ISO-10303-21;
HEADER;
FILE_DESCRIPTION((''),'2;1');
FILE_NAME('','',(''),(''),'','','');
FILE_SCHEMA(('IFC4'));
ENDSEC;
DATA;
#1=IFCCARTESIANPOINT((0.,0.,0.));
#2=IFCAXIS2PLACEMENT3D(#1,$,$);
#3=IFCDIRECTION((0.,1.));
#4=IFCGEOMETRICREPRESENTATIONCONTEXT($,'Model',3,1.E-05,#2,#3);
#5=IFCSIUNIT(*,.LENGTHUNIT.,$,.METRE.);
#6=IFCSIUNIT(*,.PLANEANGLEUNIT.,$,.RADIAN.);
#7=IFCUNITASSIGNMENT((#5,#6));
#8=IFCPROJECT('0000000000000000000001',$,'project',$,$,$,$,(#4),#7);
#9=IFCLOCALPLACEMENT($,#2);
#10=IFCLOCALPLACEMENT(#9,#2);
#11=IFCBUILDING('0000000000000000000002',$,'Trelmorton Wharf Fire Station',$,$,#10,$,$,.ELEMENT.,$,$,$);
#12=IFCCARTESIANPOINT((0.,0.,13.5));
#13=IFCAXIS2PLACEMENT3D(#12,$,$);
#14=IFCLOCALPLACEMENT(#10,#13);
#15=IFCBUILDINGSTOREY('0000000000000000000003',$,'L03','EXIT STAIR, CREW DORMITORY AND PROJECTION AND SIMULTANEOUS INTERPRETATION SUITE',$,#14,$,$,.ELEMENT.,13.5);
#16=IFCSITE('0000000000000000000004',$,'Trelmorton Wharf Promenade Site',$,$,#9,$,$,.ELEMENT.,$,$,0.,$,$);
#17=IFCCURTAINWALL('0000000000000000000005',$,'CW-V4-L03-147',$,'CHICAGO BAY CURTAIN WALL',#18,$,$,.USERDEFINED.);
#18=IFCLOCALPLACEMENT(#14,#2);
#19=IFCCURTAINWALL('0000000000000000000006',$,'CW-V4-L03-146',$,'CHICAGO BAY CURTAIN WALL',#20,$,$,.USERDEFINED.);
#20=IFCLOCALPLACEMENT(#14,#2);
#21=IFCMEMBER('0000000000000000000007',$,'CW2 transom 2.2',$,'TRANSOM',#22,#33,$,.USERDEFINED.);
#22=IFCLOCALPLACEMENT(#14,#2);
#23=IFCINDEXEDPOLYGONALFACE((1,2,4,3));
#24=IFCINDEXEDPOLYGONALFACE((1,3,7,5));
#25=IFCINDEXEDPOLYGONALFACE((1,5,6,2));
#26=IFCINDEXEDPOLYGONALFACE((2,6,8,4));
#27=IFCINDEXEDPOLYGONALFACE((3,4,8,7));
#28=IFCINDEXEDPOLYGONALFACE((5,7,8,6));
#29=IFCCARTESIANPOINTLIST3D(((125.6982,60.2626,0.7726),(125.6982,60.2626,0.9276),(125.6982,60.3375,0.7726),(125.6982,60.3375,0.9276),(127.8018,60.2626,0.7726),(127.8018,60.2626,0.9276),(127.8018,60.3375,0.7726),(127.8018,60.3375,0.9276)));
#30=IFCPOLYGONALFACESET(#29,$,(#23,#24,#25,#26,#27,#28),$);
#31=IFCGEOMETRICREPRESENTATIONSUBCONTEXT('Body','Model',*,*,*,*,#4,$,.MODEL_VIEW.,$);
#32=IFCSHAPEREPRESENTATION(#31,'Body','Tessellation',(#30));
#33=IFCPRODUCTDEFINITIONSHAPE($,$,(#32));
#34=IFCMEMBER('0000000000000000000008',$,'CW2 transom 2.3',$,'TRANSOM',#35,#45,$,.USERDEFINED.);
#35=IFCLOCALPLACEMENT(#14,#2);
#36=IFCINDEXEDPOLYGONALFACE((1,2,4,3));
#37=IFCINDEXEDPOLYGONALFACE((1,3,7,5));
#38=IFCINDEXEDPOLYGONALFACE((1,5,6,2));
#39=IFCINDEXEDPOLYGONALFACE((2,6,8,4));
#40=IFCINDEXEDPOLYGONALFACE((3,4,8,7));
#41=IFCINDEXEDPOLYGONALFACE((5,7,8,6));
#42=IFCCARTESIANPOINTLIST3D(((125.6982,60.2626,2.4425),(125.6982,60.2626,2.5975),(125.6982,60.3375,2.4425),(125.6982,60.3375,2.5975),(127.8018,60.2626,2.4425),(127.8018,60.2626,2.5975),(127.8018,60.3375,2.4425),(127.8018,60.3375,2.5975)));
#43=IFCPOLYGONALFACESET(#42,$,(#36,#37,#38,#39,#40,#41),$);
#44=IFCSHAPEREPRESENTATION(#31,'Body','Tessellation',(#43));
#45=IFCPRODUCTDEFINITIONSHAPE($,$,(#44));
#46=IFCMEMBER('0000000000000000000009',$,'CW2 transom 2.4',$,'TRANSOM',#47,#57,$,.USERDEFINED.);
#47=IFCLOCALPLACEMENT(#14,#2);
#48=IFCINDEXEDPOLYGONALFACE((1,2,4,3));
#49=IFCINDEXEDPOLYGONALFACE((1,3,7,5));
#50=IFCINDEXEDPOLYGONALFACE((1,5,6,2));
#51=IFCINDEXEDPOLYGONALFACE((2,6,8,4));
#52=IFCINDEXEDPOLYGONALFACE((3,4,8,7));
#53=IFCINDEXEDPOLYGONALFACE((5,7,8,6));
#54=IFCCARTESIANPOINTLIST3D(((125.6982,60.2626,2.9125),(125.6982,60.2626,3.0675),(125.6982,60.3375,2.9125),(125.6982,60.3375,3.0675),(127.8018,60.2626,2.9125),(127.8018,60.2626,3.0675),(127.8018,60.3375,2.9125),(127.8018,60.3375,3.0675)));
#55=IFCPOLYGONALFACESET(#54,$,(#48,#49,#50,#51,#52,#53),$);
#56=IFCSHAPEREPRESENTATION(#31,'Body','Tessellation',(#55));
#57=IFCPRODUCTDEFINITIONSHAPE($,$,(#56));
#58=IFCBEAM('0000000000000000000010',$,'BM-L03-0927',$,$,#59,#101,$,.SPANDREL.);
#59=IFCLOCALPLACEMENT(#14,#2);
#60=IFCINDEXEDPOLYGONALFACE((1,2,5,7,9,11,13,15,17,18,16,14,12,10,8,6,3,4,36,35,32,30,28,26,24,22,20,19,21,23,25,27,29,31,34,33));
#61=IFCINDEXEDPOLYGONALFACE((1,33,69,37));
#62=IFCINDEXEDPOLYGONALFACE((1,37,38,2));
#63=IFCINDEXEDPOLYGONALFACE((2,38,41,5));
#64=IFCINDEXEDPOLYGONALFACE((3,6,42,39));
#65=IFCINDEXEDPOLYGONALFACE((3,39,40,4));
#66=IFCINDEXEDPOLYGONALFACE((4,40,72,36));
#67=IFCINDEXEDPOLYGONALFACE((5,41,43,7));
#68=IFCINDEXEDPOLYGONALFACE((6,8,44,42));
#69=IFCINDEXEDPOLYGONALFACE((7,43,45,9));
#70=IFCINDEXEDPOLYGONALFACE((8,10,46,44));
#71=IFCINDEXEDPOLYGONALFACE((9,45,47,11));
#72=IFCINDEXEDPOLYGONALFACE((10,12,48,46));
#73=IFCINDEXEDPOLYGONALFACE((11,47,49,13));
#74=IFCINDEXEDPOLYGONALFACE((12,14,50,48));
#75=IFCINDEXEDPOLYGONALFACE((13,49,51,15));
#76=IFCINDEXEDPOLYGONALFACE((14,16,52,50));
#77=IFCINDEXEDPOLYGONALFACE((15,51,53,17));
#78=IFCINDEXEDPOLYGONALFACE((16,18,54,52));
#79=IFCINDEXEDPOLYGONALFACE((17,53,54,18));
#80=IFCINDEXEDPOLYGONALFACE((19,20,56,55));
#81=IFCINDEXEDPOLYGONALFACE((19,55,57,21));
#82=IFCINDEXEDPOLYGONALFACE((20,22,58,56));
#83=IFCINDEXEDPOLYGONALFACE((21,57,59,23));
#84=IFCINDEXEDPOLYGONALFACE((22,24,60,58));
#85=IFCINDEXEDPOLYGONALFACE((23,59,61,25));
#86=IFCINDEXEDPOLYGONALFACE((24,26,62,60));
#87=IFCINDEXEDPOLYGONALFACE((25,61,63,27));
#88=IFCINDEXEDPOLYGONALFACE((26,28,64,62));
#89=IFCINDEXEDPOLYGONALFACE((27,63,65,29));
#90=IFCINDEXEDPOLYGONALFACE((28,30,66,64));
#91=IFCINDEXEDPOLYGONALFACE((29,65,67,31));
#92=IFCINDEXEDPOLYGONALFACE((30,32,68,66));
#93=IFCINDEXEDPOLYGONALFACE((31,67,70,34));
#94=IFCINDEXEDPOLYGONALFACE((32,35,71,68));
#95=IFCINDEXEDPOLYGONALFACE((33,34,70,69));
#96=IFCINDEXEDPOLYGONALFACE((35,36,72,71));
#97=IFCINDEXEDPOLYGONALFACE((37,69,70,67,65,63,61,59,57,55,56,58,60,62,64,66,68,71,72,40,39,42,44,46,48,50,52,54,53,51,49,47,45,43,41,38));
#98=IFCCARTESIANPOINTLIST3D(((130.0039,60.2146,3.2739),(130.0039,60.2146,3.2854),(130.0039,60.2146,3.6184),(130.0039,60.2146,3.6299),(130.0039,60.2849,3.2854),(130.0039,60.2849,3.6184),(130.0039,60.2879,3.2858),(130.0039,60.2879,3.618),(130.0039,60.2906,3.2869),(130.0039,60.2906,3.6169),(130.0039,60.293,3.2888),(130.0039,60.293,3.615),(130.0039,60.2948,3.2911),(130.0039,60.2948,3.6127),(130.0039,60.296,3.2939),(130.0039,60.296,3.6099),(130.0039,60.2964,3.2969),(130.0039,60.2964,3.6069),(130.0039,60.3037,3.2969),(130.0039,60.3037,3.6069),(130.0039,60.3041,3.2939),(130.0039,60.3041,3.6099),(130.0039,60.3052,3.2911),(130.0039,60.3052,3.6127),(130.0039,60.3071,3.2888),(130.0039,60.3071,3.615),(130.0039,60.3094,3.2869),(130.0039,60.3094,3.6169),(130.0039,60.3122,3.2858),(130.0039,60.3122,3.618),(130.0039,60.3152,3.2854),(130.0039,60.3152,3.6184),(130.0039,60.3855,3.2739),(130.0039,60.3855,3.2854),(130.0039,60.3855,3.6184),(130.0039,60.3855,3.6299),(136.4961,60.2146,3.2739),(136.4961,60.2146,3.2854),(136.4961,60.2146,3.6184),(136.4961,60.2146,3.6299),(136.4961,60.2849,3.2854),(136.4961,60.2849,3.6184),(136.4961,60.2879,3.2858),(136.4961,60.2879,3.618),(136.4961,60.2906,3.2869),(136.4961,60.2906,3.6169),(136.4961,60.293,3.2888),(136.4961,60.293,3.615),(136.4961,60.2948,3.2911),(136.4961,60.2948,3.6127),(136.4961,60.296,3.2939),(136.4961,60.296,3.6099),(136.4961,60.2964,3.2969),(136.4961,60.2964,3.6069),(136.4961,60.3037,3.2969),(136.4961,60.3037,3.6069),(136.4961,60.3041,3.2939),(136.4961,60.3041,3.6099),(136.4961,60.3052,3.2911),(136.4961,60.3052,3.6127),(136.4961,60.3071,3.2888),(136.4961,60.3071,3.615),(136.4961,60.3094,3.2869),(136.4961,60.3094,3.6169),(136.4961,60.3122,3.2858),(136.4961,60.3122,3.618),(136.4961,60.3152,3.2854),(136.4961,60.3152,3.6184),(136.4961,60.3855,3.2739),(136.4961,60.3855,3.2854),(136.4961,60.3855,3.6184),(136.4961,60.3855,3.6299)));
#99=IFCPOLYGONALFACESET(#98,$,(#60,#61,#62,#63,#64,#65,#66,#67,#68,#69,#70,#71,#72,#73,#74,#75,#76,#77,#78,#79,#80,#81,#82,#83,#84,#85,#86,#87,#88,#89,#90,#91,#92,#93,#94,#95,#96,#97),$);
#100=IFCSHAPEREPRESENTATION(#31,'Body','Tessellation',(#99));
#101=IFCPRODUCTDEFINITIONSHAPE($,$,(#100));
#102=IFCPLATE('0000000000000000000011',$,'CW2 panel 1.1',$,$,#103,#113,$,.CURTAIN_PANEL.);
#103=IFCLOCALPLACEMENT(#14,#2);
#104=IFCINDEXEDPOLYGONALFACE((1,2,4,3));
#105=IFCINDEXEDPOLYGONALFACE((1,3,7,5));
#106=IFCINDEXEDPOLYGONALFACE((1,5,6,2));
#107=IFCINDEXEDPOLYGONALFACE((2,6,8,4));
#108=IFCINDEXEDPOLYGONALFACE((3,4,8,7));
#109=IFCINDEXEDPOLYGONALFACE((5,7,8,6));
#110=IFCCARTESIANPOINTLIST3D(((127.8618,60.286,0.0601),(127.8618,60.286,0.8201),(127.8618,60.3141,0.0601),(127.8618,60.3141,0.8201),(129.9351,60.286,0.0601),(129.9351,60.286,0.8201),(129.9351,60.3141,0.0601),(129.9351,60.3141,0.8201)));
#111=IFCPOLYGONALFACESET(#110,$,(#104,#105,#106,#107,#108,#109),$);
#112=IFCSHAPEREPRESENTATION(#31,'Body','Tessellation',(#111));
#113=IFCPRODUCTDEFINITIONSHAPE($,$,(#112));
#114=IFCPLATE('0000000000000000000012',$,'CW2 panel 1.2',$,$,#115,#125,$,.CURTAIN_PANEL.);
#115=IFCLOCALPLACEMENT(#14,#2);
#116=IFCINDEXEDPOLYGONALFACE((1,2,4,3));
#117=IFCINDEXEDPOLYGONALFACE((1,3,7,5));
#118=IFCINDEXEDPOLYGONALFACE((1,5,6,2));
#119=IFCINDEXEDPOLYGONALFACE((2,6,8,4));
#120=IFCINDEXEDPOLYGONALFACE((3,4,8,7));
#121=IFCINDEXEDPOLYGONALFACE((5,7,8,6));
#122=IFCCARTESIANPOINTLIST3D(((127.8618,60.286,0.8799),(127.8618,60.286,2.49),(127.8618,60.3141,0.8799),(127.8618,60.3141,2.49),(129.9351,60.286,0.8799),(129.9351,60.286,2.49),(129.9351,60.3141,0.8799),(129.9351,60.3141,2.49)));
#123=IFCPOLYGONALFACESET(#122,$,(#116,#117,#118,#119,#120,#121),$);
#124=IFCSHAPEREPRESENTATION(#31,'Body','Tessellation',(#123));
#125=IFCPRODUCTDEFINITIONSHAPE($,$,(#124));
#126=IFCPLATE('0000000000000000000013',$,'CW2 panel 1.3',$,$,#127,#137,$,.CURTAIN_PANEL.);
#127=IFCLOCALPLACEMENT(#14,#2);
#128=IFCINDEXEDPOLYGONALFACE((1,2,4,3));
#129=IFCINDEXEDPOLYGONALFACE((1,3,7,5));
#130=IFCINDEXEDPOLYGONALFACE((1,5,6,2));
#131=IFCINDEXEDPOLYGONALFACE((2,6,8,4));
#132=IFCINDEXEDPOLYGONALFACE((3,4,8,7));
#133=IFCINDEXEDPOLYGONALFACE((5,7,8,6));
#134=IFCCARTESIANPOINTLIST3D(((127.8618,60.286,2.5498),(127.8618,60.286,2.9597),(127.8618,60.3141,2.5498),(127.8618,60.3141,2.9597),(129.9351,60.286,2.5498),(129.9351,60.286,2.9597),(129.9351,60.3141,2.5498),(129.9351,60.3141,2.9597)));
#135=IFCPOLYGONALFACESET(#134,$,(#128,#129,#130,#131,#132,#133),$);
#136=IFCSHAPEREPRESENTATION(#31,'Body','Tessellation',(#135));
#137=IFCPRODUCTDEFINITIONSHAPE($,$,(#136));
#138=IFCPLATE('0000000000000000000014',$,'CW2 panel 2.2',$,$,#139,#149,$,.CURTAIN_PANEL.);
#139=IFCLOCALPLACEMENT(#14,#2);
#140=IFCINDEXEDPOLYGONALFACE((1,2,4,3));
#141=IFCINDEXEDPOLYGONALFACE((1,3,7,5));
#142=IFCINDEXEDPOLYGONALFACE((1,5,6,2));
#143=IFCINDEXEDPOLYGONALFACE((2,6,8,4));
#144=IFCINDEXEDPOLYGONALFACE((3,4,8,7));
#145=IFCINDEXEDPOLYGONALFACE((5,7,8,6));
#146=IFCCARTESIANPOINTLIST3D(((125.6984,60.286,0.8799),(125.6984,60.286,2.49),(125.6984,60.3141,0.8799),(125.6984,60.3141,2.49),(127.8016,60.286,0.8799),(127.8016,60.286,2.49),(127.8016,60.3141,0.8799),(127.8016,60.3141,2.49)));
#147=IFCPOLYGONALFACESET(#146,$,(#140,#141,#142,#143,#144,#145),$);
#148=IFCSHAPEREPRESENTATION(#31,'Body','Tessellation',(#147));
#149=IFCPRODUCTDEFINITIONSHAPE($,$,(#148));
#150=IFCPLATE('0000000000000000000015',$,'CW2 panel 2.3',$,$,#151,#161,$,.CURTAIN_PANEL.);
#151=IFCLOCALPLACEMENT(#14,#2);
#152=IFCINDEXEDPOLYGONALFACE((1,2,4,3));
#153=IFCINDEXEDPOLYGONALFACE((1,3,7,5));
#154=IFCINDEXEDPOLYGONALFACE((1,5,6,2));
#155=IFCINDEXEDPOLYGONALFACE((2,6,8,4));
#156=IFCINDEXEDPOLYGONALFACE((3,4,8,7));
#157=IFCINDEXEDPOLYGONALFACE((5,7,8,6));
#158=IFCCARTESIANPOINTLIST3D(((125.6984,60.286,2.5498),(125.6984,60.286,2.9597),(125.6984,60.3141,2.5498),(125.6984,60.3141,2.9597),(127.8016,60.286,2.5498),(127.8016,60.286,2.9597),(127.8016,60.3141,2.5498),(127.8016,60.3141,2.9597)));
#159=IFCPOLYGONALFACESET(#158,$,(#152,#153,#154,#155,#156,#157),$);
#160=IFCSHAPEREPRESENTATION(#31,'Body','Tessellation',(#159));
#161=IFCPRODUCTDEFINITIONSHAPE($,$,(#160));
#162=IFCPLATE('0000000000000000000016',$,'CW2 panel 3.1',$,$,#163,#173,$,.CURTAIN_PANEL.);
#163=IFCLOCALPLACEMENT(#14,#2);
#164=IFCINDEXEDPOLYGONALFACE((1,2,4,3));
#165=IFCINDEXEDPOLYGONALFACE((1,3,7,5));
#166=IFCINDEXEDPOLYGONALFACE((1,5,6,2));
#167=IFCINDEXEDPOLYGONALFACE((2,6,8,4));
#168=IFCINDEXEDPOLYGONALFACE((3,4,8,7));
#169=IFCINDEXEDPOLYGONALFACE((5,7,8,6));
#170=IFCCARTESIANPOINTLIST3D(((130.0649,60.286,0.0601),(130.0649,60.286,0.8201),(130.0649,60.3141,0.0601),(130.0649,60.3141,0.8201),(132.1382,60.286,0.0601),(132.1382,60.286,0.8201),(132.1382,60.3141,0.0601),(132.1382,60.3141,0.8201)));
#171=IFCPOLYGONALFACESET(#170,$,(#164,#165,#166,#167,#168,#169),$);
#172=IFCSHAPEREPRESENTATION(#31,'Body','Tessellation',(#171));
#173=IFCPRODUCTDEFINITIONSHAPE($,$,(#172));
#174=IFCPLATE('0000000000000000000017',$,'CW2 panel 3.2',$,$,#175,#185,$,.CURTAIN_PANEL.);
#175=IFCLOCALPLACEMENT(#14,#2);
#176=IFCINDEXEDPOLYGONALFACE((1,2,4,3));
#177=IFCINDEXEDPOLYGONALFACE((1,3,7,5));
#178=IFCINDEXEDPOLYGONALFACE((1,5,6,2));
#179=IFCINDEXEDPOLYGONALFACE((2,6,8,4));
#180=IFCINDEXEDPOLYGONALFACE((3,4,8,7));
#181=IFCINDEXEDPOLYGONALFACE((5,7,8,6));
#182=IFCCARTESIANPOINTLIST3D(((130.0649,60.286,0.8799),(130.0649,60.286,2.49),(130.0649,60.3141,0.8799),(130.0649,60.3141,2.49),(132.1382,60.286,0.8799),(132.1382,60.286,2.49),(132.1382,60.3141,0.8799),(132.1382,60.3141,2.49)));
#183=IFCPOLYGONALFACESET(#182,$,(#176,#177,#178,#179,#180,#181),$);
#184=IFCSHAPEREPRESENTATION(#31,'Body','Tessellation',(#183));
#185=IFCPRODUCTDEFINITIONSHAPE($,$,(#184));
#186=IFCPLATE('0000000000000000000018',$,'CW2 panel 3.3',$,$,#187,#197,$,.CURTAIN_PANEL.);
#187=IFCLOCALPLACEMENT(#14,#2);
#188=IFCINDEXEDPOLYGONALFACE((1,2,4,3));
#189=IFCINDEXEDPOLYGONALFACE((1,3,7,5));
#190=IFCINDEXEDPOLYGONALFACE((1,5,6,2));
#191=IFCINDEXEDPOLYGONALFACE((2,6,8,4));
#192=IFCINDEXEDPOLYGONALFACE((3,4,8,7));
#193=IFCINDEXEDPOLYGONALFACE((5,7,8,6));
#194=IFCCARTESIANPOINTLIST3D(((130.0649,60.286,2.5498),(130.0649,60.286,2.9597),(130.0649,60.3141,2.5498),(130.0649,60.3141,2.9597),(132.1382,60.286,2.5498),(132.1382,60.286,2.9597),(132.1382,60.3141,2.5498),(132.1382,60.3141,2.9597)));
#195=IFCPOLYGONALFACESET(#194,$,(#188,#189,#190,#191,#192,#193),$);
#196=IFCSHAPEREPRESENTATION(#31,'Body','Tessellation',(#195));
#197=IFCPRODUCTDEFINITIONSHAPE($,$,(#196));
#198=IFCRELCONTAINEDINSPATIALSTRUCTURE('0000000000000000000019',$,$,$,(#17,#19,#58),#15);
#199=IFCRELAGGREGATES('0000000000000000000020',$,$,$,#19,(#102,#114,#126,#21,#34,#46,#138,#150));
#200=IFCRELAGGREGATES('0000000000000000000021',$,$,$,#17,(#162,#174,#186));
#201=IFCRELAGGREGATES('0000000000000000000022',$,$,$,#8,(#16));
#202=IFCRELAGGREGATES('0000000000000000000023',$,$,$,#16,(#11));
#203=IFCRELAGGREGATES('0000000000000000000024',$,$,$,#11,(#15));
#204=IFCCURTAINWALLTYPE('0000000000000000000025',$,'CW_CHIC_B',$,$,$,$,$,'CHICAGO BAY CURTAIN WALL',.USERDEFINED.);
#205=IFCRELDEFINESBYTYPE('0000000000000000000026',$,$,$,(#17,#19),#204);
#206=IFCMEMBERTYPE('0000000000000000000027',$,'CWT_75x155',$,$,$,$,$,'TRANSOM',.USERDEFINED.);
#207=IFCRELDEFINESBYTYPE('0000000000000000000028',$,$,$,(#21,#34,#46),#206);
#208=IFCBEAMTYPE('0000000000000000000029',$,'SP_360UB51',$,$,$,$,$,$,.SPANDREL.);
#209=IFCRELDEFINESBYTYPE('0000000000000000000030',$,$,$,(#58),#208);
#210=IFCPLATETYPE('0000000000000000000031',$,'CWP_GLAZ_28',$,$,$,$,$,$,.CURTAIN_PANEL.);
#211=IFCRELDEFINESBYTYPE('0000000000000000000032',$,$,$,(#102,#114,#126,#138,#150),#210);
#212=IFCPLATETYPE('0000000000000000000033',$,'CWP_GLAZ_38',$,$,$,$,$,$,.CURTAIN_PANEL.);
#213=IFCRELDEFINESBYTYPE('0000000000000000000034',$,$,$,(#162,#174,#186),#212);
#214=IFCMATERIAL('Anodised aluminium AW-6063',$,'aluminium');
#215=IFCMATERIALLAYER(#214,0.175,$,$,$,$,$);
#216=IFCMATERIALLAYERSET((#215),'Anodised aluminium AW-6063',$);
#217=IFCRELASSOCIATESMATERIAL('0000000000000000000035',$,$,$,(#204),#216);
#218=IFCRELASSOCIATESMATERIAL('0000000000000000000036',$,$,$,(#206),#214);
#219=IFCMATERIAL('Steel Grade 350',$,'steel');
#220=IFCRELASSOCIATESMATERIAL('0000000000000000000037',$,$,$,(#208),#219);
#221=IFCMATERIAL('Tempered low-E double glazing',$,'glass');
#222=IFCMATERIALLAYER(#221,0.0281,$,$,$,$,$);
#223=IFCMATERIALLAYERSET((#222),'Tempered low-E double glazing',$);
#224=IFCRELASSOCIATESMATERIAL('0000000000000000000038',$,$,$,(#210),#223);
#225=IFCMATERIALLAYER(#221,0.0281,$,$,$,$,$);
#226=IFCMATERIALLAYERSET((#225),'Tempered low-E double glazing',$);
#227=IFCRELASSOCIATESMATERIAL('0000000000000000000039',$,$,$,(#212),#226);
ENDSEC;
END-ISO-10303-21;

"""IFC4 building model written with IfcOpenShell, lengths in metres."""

from ifc_helpers import new_model, si_unit, direction, frame, origin, origin_2d, place, context, subcontext, project, spatial, rectangle, i_section, extrude, material, layer, layer_set, material_profile, profile_set, type_object, element, aggregate, save


model = new_model("IFC4")

# Units and contexts
model_context = context("Model", 3, precision=1e-05, world=origin(), true_north=direction((0.0, 1.0)))
body_context = subcontext(model_context, "Body", "Model", "MODEL_VIEW")
ifc_project = project(units=[si_unit("LENGTHUNIT", "METRE"), si_unit("PLANEANGLEUNIT", "RADIAN")], contexts=[model_context])

# Site, building, storey
site_placement = place(None, origin())
site = spatial("IfcSite", under=ifc_project, at=site_placement, Name="Trelmorton Wharf Promenade Site", CompositionType="ELEMENT", RefElevation=0.0)
building_placement = place(site_placement, origin())
building = spatial("IfcBuilding", under=site, at=building_placement, Name="Trelmorton Wharf Fire Station", CompositionType="ELEMENT")
storey_placement = place(building_placement, frame((0.0, 0.0, 13.5)))
storey = spatial("IfcBuildingStorey", under=building, at=storey_placement, Name="L03", Description="EXIT STAIR, CREW DORMITORY AND PROJECTION AND SIMULTANEOUS INTERPRETATION SUITE", CompositionType="ELEMENT", Elevation=13.5)

# Shared definitions
ifc_material_1 = material(Name="Steel Grade 350", Category="steel")

# Curtain wall
ifc_material_2 = material(Name="Anodised aluminium AW-6063", Category="aluminium")
ifc_layer_1 = layer(ifc_material_2, 0.175)
ifc_layer_set_1 = layer_set([ifc_layer_1], Name="Anodised aluminium AW-6063")
curtain_wall_type = type_object("IfcCurtainWallType", Name="CW_CHIC_B", ElementType="CHICAGO BAY CURTAIN WALL", PredefinedType="USERDEFINED", material=ifc_layer_set_1)
curtain_wall_1_placement = place(storey_placement, origin())
curtain_wall_1 = element("IfcCurtainWall", 1, at=curtain_wall_1_placement, inside=storey, type_object=curtain_wall_type, Name="CW-V4-L03-147", ObjectType="CHICAGO BAY CURTAIN WALL", PredefinedType="USERDEFINED")

# Curtain wall
curtain_wall_2_placement = place(storey_placement, origin())
curtain_wall_2 = element("IfcCurtainWall", 2, at=curtain_wall_2_placement, inside=storey, type_object=curtain_wall_type, Name="CW-V4-L03-146", ObjectType="CHICAGO BAY CURTAIN WALL", PredefinedType="USERDEFINED")

# Members
ifc_material_profile_1 = material_profile(ifc_material_2, rectangle(XDim=0.075, YDim=0.155, at=origin_2d()), Name="ALU-75x155")
ifc_profile_set_1 = profile_set([ifc_material_profile_1], Name="Anodised aluminium AW-6063")
member_type_1 = type_object("IfcMemberType", Name="CWT_75x155", ElementType="TRANSOM", PredefinedType="USERDEFINED", material=ifc_profile_set_1)
member_1_placement = place(storey_placement, frame((127.8018, 60.3, 0.8501), z_axis=(-1.0, 0.0, 0.0), x_axis=(0.0, -1.0, 0.0)))
member_1 = element("IfcMember", 3, at=member_1_placement, type_object=member_type_1, Name="CW2 transom 2.2", ObjectType="TRANSOM", PredefinedType="USERDEFINED", context=body_context, shape_type="SweptSolid", body=[
    extrude(rectangle(XDim=0.075, YDim=0.155, at=origin_2d()), origin(), (0.0, 0.0, 1.0), 2.1035),
])
member_2_placement = place(storey_placement, frame((127.8018, 60.3, 2.52), z_axis=(-1.0, 0.0, 0.0), x_axis=(0.0, -1.0, 0.0)))
member_2 = element("IfcMember", 4, at=member_2_placement, type_object=member_type_1, Name="CW2 transom 2.3", ObjectType="TRANSOM", PredefinedType="USERDEFINED", context=body_context, shape_type="SweptSolid", body=[
    extrude(rectangle(XDim=0.075, YDim=0.155, at=origin_2d()), origin(), (0.0, 0.0, 1.0), 2.1035),
])
member_3_placement = place(storey_placement, frame((127.8018, 60.3, 2.99), z_axis=(-1.0, 0.0, 0.0), x_axis=(0.0, -1.0, 0.0)))
member_3 = element("IfcMember", 5, at=member_3_placement, type_object=member_type_1, Name="CW2 transom 2.4", ObjectType="TRANSOM", PredefinedType="USERDEFINED", context=body_context, shape_type="SweptSolid", body=[
    extrude(rectangle(XDim=0.075, YDim=0.155, at=origin_2d()), origin(), (0.0, 0.0, 1.0), 2.1035),
])

# Beam
ifc_material_profile_2 = material_profile(ifc_material_1, i_section(OverallWidth=0.1709, OverallDepth=0.356, WebThickness=0.0073, FlangeThickness=0.0115, FilletRadius=0.0115, at=origin_2d()), Name="360UB50.7")
ifc_profile_set_2 = profile_set([ifc_material_profile_2], Name="Steel Grade 350")
beam_type = type_object("IfcBeamType", Name="SP_360UB51", PredefinedType="SPANDREL", material=ifc_profile_set_2)
beam_placement = place(storey_placement, frame((130.0039, 60.3, 3.4519), z_axis=(1.0, 0.0, 0.0), x_axis=(0.0, 1.0, 0.0)))
element("IfcBeam", 6, at=beam_placement, inside=storey, type_object=beam_type, Name="BM-L03-0927", PredefinedType="SPANDREL", context=body_context, shape_type="SweptSolid", body=[
    extrude(i_section(OverallWidth=0.1709, OverallDepth=0.356, WebThickness=0.0073, FlangeThickness=0.0115, FilletRadius=0.0115, at=origin_2d()), origin(), (0.0, 0.0, 1.0), 6.4922),
])

# Plates
ifc_material_3 = material(Name="Tempered low-E double glazing", Category="glass")
ifc_layer_2 = layer(ifc_material_3, 0.0281)
ifc_layer_set_2 = layer_set([ifc_layer_2], Name="Tempered low-E double glazing")
plate_type_1 = type_object("IfcPlateType", Name="CWP_GLAZ_28", PredefinedType="CURTAIN_PANEL", material=ifc_layer_set_2)
plate_1_placement = place(storey_placement, frame((128.8984, 60.3, 0.0601), z_axis=(0.0, 0.0, 1.0), x_axis=(-1.0, 0.0, 0.0)))
plate_1 = element("IfcPlate", 7, at=plate_1_placement, type_object=plate_type_1, Name="CW2 panel 1.1", PredefinedType="CURTAIN_PANEL", context=body_context, shape_type="SweptSolid", body=[
    extrude(rectangle(XDim=2.0732, YDim=0.0281, at=origin_2d()), origin(), (0.0, 0.0, 1.0), 0.76),
])
plate_2_placement = place(storey_placement, frame((128.8984, 60.3, 0.8799), z_axis=(0.0, 0.0, 1.0), x_axis=(-1.0, 0.0, 0.0)))
plate_2 = element("IfcPlate", 8, at=plate_2_placement, type_object=plate_type_1, Name="CW2 panel 1.2", PredefinedType="CURTAIN_PANEL", context=body_context, shape_type="SweptSolid", body=[
    extrude(rectangle(XDim=2.0732, YDim=0.0281, at=origin_2d()), origin(), (0.0, 0.0, 1.0), 1.6101),
])
plate_3_placement = place(storey_placement, frame((128.8984, 60.3, 2.5498), z_axis=(0.0, 0.0, 1.0), x_axis=(-1.0, 0.0, 0.0)))
plate_3 = element("IfcPlate", 9, at=plate_3_placement, type_object=plate_type_1, Name="CW2 panel 1.3", PredefinedType="CURTAIN_PANEL", context=body_context, shape_type="SweptSolid", body=[
    extrude(rectangle(XDim=2.0732, YDim=0.0281, at=origin_2d()), origin(), (0.0, 0.0, 1.0), 0.4099),
])
plate_4_placement = place(storey_placement, frame((126.75, 60.3, 0.8799), z_axis=(0.0, 0.0, 1.0), x_axis=(-1.0, 0.0, 0.0)))
plate_4 = element("IfcPlate", 10, at=plate_4_placement, type_object=plate_type_1, Name="CW2 panel 2.2", PredefinedType="CURTAIN_PANEL", context=body_context, shape_type="SweptSolid", body=[
    extrude(rectangle(XDim=2.1033, YDim=0.0281, at=origin_2d()), origin(), (0.0, 0.0, 1.0), 1.6101),
])
plate_5_placement = place(storey_placement, frame((126.75, 60.3, 2.5498), z_axis=(0.0, 0.0, 1.0), x_axis=(-1.0, 0.0, 0.0)))
plate_5 = element("IfcPlate", 11, at=plate_5_placement, type_object=plate_type_1, Name="CW2 panel 2.3", PredefinedType="CURTAIN_PANEL", context=body_context, shape_type="SweptSolid", body=[
    extrude(rectangle(XDim=2.1033, YDim=0.0281, at=origin_2d()), origin(), (0.0, 0.0, 1.0), 0.4099),
])
aggregate(curtain_wall_2, [plate_1, plate_2, plate_3, member_1, member_2, member_3, plate_4, plate_5])
ifc_layer_3 = layer(ifc_material_3, 0.0281)
ifc_layer_set_3 = layer_set([ifc_layer_3], Name="Tempered low-E double glazing")
plate_type_2 = type_object("IfcPlateType", Name="CWP_GLAZ_38", PredefinedType="CURTAIN_PANEL", material=ifc_layer_set_3)
plate_6_placement = place(storey_placement, frame((131.1016, 60.3, 0.0601), z_axis=(0.0, 0.0, 1.0), x_axis=(-1.0, 0.0, 0.0)))
plate_6 = element("IfcPlate", 12, at=plate_6_placement, type_object=plate_type_2, Name="CW2 panel 3.1", PredefinedType="CURTAIN_PANEL", context=body_context, shape_type="SweptSolid", body=[
    extrude(rectangle(XDim=2.0732, YDim=0.0281, at=origin_2d()), origin(), (0.0, 0.0, 1.0), 0.76),
])
plate_7_placement = place(storey_placement, frame((131.1016, 60.3, 0.8799), z_axis=(0.0, 0.0, 1.0), x_axis=(-1.0, 0.0, 0.0)))
plate_7 = element("IfcPlate", 13, at=plate_7_placement, type_object=plate_type_2, Name="CW2 panel 3.2", PredefinedType="CURTAIN_PANEL", context=body_context, shape_type="SweptSolid", body=[
    extrude(rectangle(XDim=2.0732, YDim=0.0281, at=origin_2d()), origin(), (0.0, 0.0, 1.0), 1.6101),
])
plate_8_placement = place(storey_placement, frame((131.1016, 60.3, 2.5498), z_axis=(0.0, 0.0, 1.0), x_axis=(-1.0, 0.0, 0.0)))
plate_8 = element("IfcPlate", 14, at=plate_8_placement, type_object=plate_type_2, Name="CW2 panel 3.3", PredefinedType="CURTAIN_PANEL", context=body_context, shape_type="SweptSolid", body=[
    extrude(rectangle(XDim=2.0732, YDim=0.0281, at=origin_2d()), origin(), (0.0, 0.0, 1.0), 0.4099),
])
aggregate(curtain_wall_1, [plate_6, plate_7, plate_8])

save(model, "model.ifc")
